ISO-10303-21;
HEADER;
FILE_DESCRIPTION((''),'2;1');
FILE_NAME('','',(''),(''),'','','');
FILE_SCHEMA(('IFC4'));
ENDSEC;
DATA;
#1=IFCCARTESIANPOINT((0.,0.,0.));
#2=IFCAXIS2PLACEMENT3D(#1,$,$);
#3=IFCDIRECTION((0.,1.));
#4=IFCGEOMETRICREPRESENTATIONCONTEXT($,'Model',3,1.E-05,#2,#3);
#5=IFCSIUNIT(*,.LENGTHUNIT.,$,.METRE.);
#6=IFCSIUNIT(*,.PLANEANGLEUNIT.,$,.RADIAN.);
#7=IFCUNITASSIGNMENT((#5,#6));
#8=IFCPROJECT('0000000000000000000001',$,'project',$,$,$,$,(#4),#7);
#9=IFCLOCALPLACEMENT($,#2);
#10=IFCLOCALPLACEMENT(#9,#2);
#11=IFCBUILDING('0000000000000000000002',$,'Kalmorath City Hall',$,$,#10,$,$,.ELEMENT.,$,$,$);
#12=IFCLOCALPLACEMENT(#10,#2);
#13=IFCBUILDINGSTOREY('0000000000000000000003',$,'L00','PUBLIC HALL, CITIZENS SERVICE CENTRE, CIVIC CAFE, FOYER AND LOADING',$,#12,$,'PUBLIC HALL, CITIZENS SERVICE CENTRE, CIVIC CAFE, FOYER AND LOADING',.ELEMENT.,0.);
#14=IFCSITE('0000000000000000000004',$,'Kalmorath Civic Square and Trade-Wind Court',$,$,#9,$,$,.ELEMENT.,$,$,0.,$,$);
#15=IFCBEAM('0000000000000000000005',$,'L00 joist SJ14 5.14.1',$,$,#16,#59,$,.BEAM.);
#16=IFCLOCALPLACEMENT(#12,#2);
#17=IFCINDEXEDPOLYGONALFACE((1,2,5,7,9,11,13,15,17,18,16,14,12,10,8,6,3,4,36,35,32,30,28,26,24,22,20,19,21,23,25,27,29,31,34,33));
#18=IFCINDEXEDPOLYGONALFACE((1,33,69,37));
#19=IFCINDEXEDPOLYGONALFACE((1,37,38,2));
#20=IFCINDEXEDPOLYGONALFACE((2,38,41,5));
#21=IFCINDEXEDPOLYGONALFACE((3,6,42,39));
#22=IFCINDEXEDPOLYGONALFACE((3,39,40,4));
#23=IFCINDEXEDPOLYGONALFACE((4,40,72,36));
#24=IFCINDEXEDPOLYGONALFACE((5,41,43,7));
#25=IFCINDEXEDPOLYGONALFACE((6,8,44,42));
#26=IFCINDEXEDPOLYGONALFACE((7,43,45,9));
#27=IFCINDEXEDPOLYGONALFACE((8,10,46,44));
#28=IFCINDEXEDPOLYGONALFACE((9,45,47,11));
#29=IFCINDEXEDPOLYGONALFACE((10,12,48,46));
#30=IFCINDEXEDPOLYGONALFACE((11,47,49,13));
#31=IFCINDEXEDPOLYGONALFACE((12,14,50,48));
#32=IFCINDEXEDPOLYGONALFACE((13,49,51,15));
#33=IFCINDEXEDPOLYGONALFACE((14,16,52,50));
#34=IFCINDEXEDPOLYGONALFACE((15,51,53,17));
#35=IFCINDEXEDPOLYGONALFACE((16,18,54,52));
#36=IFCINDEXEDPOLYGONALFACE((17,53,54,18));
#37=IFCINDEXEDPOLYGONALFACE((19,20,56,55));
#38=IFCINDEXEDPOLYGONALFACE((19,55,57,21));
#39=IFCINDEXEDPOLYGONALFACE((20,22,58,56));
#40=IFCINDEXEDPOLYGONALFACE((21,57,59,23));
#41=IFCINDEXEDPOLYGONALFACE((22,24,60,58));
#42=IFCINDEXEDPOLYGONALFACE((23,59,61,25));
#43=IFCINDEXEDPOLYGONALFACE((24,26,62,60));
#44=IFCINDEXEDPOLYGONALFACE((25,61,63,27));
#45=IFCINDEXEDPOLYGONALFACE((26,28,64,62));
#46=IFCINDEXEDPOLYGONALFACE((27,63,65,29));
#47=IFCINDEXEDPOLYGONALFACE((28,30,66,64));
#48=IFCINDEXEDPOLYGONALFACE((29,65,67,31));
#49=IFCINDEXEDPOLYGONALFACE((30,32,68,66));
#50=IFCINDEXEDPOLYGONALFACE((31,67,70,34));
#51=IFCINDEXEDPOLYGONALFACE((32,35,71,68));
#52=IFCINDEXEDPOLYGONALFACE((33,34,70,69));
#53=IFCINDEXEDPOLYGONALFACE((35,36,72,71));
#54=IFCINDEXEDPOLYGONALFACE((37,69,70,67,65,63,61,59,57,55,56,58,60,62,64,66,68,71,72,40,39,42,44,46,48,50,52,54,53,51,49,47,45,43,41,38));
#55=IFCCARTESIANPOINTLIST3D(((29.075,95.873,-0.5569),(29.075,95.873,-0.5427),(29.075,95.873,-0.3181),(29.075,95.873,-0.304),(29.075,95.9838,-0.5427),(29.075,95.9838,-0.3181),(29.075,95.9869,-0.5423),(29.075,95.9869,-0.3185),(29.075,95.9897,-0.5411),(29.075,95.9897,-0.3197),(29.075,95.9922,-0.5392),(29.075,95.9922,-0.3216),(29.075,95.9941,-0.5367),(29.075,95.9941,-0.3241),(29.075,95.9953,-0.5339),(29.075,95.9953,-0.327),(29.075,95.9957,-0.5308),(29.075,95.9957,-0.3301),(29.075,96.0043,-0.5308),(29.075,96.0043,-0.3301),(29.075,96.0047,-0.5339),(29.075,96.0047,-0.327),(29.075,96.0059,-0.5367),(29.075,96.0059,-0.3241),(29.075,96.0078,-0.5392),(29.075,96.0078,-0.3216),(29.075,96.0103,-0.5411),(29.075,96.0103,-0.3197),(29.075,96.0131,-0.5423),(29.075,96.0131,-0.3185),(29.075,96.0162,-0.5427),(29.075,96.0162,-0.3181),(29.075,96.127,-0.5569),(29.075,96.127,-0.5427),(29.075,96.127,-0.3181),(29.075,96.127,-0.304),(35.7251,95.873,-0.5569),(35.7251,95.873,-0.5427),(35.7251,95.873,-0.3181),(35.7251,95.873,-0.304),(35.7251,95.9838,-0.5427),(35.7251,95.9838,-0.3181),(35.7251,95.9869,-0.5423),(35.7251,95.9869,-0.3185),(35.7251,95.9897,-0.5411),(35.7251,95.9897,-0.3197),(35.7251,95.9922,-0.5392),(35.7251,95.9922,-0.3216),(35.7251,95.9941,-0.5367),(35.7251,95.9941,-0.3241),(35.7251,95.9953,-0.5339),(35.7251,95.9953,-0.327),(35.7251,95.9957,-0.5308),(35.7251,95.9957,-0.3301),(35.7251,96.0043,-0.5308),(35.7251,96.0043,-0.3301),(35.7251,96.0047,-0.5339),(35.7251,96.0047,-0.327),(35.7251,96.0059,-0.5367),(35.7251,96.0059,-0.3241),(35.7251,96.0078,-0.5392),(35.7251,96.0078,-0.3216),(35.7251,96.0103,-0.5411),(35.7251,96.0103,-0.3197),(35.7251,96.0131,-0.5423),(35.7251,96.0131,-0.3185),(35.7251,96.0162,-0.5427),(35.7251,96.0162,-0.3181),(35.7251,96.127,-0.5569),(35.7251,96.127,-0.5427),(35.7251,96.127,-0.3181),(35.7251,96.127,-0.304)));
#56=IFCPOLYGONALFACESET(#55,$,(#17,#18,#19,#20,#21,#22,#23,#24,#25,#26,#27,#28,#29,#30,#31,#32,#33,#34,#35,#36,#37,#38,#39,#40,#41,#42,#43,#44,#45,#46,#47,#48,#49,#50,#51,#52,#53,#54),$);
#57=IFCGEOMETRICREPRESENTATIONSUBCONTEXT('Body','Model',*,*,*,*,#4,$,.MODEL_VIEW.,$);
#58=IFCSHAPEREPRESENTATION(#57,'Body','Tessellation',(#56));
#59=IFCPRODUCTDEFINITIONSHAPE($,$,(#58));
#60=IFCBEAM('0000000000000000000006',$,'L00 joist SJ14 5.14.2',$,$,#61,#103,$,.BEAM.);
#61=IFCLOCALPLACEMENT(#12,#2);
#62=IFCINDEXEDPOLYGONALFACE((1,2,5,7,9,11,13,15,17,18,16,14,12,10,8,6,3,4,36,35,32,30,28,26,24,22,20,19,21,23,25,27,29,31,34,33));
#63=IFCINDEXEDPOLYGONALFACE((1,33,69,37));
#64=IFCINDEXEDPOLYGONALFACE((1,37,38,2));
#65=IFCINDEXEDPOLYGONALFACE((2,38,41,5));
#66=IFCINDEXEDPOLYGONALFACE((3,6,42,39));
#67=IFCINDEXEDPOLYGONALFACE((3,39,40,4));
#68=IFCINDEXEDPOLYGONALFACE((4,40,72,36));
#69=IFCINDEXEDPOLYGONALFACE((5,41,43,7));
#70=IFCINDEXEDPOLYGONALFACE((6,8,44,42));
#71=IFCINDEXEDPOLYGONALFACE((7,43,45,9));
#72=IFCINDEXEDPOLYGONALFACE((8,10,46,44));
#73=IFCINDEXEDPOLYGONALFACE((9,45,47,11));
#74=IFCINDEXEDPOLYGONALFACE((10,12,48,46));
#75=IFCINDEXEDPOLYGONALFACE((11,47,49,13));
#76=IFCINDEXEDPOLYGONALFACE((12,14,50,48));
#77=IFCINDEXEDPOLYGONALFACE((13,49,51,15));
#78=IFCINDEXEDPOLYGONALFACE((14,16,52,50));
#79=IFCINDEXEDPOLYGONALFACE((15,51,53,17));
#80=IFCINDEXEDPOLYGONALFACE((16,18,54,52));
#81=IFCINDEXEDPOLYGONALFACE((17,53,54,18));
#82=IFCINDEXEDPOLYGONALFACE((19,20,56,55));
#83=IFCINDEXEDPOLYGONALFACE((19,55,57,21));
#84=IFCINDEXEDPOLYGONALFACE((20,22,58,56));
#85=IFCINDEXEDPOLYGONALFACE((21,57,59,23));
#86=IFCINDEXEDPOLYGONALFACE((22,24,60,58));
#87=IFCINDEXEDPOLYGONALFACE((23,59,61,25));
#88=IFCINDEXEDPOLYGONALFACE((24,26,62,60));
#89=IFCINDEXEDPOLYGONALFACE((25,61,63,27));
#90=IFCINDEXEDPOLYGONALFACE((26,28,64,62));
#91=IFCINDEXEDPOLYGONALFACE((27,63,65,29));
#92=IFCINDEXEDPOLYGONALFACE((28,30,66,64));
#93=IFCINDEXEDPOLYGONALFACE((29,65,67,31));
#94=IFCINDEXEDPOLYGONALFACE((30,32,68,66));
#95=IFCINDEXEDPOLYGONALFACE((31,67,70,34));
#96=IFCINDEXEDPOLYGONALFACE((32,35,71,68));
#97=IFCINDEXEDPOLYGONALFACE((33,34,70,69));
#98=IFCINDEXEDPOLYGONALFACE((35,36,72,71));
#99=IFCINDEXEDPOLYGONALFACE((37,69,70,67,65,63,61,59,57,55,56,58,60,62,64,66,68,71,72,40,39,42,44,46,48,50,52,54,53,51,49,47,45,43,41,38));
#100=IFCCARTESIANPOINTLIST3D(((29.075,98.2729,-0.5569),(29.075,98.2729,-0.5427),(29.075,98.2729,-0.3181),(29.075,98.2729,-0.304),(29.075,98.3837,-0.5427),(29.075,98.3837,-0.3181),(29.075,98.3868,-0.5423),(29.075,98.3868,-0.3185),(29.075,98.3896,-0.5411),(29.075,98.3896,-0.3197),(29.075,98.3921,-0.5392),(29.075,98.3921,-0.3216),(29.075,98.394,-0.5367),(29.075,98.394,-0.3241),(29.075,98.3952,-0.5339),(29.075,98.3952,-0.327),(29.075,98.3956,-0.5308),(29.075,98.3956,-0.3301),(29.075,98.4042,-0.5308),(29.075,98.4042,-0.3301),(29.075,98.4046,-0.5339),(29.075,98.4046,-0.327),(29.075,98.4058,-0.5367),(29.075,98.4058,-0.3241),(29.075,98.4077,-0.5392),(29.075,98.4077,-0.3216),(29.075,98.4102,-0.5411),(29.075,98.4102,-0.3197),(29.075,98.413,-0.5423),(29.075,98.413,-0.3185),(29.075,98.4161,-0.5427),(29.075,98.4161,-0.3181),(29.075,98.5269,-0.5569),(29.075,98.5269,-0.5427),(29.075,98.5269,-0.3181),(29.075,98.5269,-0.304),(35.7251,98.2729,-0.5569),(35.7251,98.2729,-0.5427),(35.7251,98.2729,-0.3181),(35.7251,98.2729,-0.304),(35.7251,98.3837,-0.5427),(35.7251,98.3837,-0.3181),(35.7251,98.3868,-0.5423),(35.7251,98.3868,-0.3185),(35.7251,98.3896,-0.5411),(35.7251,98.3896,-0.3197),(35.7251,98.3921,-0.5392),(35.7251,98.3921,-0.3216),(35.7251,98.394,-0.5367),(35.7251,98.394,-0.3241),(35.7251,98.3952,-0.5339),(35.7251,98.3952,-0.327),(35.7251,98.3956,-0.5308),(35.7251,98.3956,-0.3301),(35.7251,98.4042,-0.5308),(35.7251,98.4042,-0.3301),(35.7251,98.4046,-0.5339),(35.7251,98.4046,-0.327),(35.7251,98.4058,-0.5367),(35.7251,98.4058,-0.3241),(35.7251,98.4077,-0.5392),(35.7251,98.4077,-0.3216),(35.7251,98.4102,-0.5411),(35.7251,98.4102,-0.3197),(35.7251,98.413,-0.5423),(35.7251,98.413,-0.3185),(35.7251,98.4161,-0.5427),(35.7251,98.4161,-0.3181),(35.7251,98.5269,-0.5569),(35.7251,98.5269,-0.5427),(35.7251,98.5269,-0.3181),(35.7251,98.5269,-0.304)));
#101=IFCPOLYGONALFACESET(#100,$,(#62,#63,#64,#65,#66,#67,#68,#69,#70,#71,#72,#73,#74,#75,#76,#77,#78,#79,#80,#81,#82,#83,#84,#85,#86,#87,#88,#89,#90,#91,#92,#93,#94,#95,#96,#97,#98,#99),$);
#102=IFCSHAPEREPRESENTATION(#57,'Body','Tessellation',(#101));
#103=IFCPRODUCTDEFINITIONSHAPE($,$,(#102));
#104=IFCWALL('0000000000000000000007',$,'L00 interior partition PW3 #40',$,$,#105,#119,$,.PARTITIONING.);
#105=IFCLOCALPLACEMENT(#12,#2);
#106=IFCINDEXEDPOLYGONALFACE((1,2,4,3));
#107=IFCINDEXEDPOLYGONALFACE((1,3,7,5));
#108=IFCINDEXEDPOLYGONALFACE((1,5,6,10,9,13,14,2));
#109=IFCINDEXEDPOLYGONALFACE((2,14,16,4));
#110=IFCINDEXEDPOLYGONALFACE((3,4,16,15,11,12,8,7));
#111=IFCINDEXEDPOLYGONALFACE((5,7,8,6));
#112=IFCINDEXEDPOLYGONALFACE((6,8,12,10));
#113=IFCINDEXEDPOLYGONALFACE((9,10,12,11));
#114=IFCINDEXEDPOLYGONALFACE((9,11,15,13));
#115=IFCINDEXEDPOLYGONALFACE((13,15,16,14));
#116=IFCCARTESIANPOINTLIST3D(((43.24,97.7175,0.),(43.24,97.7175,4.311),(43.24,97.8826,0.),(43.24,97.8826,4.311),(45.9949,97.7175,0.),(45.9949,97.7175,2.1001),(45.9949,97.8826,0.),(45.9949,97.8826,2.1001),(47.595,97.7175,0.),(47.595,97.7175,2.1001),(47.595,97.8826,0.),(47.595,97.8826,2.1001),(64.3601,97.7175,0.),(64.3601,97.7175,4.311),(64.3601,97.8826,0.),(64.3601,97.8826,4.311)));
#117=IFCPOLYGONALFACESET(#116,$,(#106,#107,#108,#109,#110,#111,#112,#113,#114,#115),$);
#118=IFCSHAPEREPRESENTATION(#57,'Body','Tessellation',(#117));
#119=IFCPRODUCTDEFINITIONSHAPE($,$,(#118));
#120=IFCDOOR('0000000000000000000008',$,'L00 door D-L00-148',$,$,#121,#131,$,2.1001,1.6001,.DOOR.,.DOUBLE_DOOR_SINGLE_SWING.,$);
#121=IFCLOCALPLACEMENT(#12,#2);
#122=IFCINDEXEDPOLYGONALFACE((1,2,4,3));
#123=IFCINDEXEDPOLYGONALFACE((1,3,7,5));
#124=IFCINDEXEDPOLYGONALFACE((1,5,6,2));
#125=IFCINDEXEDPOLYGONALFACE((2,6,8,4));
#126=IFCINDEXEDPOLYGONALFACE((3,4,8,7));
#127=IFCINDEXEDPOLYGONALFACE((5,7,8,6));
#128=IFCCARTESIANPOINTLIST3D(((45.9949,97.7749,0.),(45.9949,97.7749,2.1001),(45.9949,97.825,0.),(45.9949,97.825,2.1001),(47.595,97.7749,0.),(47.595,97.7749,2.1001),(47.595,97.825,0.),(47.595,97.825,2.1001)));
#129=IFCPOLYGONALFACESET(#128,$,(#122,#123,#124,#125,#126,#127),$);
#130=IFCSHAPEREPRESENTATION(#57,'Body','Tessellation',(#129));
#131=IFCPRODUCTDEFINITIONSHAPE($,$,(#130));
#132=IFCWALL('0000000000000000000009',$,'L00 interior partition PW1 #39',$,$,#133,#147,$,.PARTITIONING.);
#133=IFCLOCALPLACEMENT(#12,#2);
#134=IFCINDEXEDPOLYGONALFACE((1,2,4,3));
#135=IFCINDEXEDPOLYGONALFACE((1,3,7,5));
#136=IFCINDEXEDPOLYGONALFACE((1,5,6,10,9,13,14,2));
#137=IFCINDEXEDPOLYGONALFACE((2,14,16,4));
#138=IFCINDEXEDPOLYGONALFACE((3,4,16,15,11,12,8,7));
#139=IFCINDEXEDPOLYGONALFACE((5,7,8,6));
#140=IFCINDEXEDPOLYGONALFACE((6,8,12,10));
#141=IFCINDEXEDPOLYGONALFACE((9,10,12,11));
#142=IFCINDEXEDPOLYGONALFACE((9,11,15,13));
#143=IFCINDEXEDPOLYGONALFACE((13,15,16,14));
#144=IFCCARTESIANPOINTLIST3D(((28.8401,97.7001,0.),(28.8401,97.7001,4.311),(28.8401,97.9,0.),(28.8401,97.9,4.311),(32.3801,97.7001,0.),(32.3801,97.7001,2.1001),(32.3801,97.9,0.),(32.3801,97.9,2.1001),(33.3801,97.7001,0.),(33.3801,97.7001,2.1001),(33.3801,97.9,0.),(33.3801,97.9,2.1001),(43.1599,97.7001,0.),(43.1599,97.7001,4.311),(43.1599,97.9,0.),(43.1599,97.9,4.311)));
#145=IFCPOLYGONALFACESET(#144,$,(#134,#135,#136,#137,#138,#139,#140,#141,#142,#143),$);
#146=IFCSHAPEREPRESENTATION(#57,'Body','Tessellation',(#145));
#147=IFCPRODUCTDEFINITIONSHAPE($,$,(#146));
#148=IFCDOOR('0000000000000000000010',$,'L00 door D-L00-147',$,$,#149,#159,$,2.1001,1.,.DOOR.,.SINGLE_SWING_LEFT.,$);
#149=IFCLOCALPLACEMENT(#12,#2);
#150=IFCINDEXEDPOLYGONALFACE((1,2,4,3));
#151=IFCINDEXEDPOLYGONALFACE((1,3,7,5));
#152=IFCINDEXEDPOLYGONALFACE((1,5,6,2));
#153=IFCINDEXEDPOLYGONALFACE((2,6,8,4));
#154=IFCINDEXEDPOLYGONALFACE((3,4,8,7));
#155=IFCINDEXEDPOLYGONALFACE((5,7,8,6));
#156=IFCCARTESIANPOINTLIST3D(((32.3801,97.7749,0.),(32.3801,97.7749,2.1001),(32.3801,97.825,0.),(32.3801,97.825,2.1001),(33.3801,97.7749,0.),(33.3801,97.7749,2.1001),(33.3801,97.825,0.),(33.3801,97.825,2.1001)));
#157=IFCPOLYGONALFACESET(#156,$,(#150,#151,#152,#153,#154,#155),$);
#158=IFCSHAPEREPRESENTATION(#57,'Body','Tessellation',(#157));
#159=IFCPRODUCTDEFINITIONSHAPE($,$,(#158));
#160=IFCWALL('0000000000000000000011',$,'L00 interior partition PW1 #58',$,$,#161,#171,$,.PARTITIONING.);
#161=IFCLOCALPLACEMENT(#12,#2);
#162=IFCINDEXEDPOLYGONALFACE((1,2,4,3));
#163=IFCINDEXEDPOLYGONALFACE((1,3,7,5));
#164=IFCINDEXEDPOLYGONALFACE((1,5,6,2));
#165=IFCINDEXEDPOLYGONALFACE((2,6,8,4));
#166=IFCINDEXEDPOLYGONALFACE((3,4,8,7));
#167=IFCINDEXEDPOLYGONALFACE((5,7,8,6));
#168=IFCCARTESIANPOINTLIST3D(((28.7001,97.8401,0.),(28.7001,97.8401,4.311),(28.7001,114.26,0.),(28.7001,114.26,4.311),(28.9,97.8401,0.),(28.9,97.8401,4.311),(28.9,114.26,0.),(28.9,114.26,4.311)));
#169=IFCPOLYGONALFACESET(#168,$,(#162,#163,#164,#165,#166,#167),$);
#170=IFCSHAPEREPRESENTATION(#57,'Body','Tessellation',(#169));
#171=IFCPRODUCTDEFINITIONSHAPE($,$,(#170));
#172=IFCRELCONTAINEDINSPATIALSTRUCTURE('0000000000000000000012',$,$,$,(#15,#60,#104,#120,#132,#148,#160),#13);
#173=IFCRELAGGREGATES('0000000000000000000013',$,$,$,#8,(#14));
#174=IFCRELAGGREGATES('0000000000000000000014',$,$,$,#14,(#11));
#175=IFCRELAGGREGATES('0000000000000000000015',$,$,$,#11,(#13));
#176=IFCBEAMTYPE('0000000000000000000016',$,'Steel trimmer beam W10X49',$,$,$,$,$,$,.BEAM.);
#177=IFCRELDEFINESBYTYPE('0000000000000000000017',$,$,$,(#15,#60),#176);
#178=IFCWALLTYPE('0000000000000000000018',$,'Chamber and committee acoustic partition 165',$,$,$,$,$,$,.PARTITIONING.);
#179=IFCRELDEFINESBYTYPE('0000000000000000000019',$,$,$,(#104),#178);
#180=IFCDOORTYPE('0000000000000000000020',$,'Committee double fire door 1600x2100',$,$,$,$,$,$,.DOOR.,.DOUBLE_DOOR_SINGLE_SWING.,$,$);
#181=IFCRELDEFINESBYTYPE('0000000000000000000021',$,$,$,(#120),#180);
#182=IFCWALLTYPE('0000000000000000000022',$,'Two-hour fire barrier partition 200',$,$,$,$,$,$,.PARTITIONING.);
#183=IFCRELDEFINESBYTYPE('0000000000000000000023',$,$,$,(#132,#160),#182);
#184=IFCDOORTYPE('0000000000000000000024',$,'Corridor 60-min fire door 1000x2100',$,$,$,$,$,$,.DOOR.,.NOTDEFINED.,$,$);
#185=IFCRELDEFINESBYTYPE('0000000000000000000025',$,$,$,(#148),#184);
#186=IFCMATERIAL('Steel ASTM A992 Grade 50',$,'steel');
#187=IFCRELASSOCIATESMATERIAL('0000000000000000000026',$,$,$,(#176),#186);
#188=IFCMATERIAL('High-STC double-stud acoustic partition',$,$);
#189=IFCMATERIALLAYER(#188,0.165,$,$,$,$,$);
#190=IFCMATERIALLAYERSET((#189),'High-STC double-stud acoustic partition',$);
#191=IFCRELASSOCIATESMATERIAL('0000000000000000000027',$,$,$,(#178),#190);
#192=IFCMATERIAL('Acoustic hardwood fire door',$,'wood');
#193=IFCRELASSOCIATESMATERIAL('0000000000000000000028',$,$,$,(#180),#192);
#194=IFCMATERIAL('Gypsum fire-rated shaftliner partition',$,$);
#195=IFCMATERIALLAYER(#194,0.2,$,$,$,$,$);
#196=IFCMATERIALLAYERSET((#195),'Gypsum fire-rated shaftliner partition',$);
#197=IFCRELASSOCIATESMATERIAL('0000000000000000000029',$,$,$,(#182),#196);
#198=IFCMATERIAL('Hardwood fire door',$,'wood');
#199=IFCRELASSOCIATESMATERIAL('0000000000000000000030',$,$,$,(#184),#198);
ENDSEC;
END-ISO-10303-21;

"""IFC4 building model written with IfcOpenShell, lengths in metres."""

from ifc_helpers import new_model, si_unit, direction, frame, frame_2d, origin, origin_2d, place, context, subcontext, project, spatial, rectangle, i_section, extrude, material, layer, layer_set, material_profile, profile_set, type_object, element, fill, save


model = new_model("IFC4")

# Units and contexts
model_context = context("Model", 3, precision=1e-05, world=origin(), true_north=direction((0.0, 1.0)))
body_context = subcontext(model_context, "Body", "Model", "MODEL_VIEW")
ifc_project = project(units=[si_unit("LENGTHUNIT", "METRE"), si_unit("PLANEANGLEUNIT", "RADIAN")], contexts=[model_context])

# Site, building, storey
site_placement = place(None, origin())
site = spatial("IfcSite", under=ifc_project, at=site_placement, Name="Kalmorath Civic Square and Trade-Wind Court", CompositionType="ELEMENT", RefElevation=0.0)
building_placement = place(site_placement, origin())
building = spatial("IfcBuilding", under=site, at=building_placement, Name="Kalmorath City Hall", CompositionType="ELEMENT")
storey_placement = place(building_placement, origin())
storey = spatial("IfcBuildingStorey", under=building, at=storey_placement, Name="L00", Description="PUBLIC HALL, CITIZENS SERVICE CENTRE, CIVIC CAFE, FOYER AND LOADING", LongName="PUBLIC HALL, CITIZENS SERVICE CENTRE, CIVIC CAFE, FOYER AND LOADING", CompositionType="ELEMENT", Elevation=0.0)

# Beams
ifc_material_1 = material(Name="Steel ASTM A992 Grade 50", Category="steel")
ifc_material_profile_1 = material_profile(ifc_material_1, i_section(OverallWidth=0.2539, OverallDepth=0.2529, WebThickness=0.0085, FlangeThickness=0.0142, FilletRadius=0.012, at=origin_2d()), Name="W10X49")
ifc_profile_set_1 = profile_set([ifc_material_profile_1], Name="Steel ASTM A992 Grade 50")
beam_type_1 = type_object("IfcBeamType", Name="Steel trimmer beam W10X49", PredefinedType="BEAM", material=ifc_profile_set_1)
for number, where, z_axis, x_axis, name in (
    (1, (29.075, 96.0, -0.4304), (1.0, 0.0, 0.0), (0.0, 1.0, 0.0), "L00 joist SJ14 5.14.1"),
    (2, (29.075, 98.3999, -0.4304), (1.0, 0.0, 0.0), (0.0, 1.0, 0.0), "L00 joist SJ14 5.14.2"),
):
    element("IfcBeam", number, at=place(storey_placement, frame(where, z_axis=z_axis, x_axis=x_axis)), inside=storey, type_object=beam_type_1, Name=name, PredefinedType="BEAM", context=body_context, shape_type="SweptSolid", body=[
        extrude(i_section(OverallWidth=0.2539, OverallDepth=0.2529, WebThickness=0.0085, FlangeThickness=0.0142, FilletRadius=0.012, at=origin_2d()), origin(), (0.0, 0.0, 1.0), 6.6501),
    ])

# Walls, openings, doors
ifc_material_2 = material(Name="High-STC double-stud acoustic partition")
ifc_layer_1 = layer(ifc_material_2, 0.165)
ifc_layer_set_1 = layer_set([ifc_layer_1], Name="High-STC double-stud acoustic partition")
wall_type_1 = type_object("IfcWallType", Name="Chamber and committee acoustic partition 165", PredefinedType="PARTITIONING", material=ifc_layer_set_1)
wall_1_placement = place(storey_placement, frame((43.24, 97.8, 0.0), z_axis=(0.0, 0.0, 1.0), x_axis=(1.0, 0.0, 0.0)))
wall_1 = element("IfcWall", 3, at=wall_1_placement, inside=storey, type_object=wall_type_1, Name="L00 interior partition PW3 #40", PredefinedType="PARTITIONING", context=body_context, shape_type="SweptSolid", body=[
    extrude(rectangle(XDim=21.1201, YDim=0.165, at=frame_2d((10.5601, 0.0))), origin(), (0.0, 0.0, 1.0), 4.311),
])
opening_1_placement = place(wall_1_placement, frame((2.7549, 0.0, 0.0)))
opening_1 = element("IfcOpeningElement", 4, at=opening_1_placement, cuts=wall_1, PredefinedType="OPENING", context=body_context, shape_type="SweptSolid", body=[
    extrude(rectangle(XDim=1.6001, YDim=2.1001, at=frame_2d((0.8, 1.05))), frame((0.0, 0.0925, 0.0), z_axis=(0.0, -1.0, 0.0), x_axis=(1.0, 0.0, 0.0)), (0.0, 0.0, 1.0), 0.1851),
])
ifc_material_3 = material(Name="Acoustic hardwood fire door", Category="wood")
door_type_1 = type_object("IfcDoorType", Name="Committee double fire door 1600x2100", OperationType="DOUBLE_DOOR_SINGLE_SWING", PredefinedType="DOOR", material=ifc_material_3)
door_1_placement = place(opening_1_placement, origin())
door_1 = element("IfcDoor", 5, at=door_1_placement, inside=storey, type_object=door_type_1, Name="L00 door D-L00-148", OperationType="DOUBLE_DOOR_SINGLE_SWING", OverallHeight=2.1001, OverallWidth=1.6001, PredefinedType="DOOR", context=body_context, shape_type="SweptSolid", body=[
    extrude(rectangle(XDim=1.6001, YDim=2.1001, at=frame_2d((0.8, 1.05))), frame((0.0, 0.0249, 0.0), z_axis=(0.0, -1.0, 0.0), x_axis=(1.0, 0.0, 0.0)), (0.0, 0.0, 1.0), 0.05),
])
fill(opening_1, door_1)
ifc_material_4 = material(Name="Gypsum fire-rated shaftliner partition")
ifc_layer_2 = layer(ifc_material_4, 0.2)
ifc_layer_set_2 = layer_set([ifc_layer_2], Name="Gypsum fire-rated shaftliner partition")
wall_type_2 = type_object("IfcWallType", Name="Two-hour fire barrier partition 200", PredefinedType="PARTITIONING", material=ifc_layer_set_2)
wall_2_placement = place(storey_placement, frame((28.8401, 97.8, 0.0), z_axis=(0.0, 0.0, 1.0), x_axis=(1.0, 0.0, 0.0)))
wall_2 = element("IfcWall", 6, at=wall_2_placement, inside=storey, type_object=wall_type_2, Name="L00 interior partition PW1 #39", PredefinedType="PARTITIONING", context=body_context, shape_type="SweptSolid", body=[
    extrude(rectangle(XDim=14.3198, YDim=0.2, at=frame_2d((7.1599, 0.0))), origin(), (0.0, 0.0, 1.0), 4.311),
])
opening_2_placement = place(wall_2_placement, frame((3.54, 0.0, 0.0)))
opening_2 = element("IfcOpeningElement", 7, at=opening_2_placement, cuts=wall_2, PredefinedType="OPENING", context=body_context, shape_type="SweptSolid", body=[
    extrude(rectangle(XDim=1.0, YDim=2.1001, at=frame_2d((0.5, 1.05))), frame((0.0, 0.1099, 0.0), z_axis=(0.0, -1.0, 0.0), x_axis=(1.0, 0.0, 0.0)), (0.0, 0.0, 1.0), 0.22),
])
ifc_material_5 = material(Name="Hardwood fire door", Category="wood")
door_type_2 = type_object("IfcDoorType", Name="Corridor 60-min fire door 1000x2100", OperationType="NOTDEFINED", PredefinedType="DOOR", material=ifc_material_5)
door_2_placement = place(opening_2_placement, origin())
door_2 = element("IfcDoor", 8, at=door_2_placement, inside=storey, type_object=door_type_2, Name="L00 door D-L00-147", OperationType="SINGLE_SWING_LEFT", OverallHeight=2.1001, OverallWidth=1.0, PredefinedType="DOOR", context=body_context, shape_type="SweptSolid", body=[
    extrude(rectangle(XDim=1.0, YDim=2.1001, at=frame_2d((0.5, 1.05))), frame((0.0, 0.0249, 0.0), z_axis=(0.0, -1.0, 0.0), x_axis=(1.0, 0.0, 0.0)), (0.0, 0.0, 1.0), 0.05),
])
fill(opening_2, door_2)

# Wall
wall_3_placement = place(storey_placement, frame((28.8, 97.8401, 0.0), z_axis=(0.0, 0.0, 1.0), x_axis=(0.0, 1.0, 0.0)))
element("IfcWall", 9, at=wall_3_placement, inside=storey, type_object=wall_type_2, Name="L00 interior partition PW1 #58", PredefinedType="PARTITIONING", context=body_context, shape_type="SweptSolid", body=[
    extrude(rectangle(XDim=16.4199, YDim=0.2, at=frame_2d((8.21, 0.0))), origin(), (0.0, 0.0, 1.0), 4.311),
])

save(model, "model.ifc")
